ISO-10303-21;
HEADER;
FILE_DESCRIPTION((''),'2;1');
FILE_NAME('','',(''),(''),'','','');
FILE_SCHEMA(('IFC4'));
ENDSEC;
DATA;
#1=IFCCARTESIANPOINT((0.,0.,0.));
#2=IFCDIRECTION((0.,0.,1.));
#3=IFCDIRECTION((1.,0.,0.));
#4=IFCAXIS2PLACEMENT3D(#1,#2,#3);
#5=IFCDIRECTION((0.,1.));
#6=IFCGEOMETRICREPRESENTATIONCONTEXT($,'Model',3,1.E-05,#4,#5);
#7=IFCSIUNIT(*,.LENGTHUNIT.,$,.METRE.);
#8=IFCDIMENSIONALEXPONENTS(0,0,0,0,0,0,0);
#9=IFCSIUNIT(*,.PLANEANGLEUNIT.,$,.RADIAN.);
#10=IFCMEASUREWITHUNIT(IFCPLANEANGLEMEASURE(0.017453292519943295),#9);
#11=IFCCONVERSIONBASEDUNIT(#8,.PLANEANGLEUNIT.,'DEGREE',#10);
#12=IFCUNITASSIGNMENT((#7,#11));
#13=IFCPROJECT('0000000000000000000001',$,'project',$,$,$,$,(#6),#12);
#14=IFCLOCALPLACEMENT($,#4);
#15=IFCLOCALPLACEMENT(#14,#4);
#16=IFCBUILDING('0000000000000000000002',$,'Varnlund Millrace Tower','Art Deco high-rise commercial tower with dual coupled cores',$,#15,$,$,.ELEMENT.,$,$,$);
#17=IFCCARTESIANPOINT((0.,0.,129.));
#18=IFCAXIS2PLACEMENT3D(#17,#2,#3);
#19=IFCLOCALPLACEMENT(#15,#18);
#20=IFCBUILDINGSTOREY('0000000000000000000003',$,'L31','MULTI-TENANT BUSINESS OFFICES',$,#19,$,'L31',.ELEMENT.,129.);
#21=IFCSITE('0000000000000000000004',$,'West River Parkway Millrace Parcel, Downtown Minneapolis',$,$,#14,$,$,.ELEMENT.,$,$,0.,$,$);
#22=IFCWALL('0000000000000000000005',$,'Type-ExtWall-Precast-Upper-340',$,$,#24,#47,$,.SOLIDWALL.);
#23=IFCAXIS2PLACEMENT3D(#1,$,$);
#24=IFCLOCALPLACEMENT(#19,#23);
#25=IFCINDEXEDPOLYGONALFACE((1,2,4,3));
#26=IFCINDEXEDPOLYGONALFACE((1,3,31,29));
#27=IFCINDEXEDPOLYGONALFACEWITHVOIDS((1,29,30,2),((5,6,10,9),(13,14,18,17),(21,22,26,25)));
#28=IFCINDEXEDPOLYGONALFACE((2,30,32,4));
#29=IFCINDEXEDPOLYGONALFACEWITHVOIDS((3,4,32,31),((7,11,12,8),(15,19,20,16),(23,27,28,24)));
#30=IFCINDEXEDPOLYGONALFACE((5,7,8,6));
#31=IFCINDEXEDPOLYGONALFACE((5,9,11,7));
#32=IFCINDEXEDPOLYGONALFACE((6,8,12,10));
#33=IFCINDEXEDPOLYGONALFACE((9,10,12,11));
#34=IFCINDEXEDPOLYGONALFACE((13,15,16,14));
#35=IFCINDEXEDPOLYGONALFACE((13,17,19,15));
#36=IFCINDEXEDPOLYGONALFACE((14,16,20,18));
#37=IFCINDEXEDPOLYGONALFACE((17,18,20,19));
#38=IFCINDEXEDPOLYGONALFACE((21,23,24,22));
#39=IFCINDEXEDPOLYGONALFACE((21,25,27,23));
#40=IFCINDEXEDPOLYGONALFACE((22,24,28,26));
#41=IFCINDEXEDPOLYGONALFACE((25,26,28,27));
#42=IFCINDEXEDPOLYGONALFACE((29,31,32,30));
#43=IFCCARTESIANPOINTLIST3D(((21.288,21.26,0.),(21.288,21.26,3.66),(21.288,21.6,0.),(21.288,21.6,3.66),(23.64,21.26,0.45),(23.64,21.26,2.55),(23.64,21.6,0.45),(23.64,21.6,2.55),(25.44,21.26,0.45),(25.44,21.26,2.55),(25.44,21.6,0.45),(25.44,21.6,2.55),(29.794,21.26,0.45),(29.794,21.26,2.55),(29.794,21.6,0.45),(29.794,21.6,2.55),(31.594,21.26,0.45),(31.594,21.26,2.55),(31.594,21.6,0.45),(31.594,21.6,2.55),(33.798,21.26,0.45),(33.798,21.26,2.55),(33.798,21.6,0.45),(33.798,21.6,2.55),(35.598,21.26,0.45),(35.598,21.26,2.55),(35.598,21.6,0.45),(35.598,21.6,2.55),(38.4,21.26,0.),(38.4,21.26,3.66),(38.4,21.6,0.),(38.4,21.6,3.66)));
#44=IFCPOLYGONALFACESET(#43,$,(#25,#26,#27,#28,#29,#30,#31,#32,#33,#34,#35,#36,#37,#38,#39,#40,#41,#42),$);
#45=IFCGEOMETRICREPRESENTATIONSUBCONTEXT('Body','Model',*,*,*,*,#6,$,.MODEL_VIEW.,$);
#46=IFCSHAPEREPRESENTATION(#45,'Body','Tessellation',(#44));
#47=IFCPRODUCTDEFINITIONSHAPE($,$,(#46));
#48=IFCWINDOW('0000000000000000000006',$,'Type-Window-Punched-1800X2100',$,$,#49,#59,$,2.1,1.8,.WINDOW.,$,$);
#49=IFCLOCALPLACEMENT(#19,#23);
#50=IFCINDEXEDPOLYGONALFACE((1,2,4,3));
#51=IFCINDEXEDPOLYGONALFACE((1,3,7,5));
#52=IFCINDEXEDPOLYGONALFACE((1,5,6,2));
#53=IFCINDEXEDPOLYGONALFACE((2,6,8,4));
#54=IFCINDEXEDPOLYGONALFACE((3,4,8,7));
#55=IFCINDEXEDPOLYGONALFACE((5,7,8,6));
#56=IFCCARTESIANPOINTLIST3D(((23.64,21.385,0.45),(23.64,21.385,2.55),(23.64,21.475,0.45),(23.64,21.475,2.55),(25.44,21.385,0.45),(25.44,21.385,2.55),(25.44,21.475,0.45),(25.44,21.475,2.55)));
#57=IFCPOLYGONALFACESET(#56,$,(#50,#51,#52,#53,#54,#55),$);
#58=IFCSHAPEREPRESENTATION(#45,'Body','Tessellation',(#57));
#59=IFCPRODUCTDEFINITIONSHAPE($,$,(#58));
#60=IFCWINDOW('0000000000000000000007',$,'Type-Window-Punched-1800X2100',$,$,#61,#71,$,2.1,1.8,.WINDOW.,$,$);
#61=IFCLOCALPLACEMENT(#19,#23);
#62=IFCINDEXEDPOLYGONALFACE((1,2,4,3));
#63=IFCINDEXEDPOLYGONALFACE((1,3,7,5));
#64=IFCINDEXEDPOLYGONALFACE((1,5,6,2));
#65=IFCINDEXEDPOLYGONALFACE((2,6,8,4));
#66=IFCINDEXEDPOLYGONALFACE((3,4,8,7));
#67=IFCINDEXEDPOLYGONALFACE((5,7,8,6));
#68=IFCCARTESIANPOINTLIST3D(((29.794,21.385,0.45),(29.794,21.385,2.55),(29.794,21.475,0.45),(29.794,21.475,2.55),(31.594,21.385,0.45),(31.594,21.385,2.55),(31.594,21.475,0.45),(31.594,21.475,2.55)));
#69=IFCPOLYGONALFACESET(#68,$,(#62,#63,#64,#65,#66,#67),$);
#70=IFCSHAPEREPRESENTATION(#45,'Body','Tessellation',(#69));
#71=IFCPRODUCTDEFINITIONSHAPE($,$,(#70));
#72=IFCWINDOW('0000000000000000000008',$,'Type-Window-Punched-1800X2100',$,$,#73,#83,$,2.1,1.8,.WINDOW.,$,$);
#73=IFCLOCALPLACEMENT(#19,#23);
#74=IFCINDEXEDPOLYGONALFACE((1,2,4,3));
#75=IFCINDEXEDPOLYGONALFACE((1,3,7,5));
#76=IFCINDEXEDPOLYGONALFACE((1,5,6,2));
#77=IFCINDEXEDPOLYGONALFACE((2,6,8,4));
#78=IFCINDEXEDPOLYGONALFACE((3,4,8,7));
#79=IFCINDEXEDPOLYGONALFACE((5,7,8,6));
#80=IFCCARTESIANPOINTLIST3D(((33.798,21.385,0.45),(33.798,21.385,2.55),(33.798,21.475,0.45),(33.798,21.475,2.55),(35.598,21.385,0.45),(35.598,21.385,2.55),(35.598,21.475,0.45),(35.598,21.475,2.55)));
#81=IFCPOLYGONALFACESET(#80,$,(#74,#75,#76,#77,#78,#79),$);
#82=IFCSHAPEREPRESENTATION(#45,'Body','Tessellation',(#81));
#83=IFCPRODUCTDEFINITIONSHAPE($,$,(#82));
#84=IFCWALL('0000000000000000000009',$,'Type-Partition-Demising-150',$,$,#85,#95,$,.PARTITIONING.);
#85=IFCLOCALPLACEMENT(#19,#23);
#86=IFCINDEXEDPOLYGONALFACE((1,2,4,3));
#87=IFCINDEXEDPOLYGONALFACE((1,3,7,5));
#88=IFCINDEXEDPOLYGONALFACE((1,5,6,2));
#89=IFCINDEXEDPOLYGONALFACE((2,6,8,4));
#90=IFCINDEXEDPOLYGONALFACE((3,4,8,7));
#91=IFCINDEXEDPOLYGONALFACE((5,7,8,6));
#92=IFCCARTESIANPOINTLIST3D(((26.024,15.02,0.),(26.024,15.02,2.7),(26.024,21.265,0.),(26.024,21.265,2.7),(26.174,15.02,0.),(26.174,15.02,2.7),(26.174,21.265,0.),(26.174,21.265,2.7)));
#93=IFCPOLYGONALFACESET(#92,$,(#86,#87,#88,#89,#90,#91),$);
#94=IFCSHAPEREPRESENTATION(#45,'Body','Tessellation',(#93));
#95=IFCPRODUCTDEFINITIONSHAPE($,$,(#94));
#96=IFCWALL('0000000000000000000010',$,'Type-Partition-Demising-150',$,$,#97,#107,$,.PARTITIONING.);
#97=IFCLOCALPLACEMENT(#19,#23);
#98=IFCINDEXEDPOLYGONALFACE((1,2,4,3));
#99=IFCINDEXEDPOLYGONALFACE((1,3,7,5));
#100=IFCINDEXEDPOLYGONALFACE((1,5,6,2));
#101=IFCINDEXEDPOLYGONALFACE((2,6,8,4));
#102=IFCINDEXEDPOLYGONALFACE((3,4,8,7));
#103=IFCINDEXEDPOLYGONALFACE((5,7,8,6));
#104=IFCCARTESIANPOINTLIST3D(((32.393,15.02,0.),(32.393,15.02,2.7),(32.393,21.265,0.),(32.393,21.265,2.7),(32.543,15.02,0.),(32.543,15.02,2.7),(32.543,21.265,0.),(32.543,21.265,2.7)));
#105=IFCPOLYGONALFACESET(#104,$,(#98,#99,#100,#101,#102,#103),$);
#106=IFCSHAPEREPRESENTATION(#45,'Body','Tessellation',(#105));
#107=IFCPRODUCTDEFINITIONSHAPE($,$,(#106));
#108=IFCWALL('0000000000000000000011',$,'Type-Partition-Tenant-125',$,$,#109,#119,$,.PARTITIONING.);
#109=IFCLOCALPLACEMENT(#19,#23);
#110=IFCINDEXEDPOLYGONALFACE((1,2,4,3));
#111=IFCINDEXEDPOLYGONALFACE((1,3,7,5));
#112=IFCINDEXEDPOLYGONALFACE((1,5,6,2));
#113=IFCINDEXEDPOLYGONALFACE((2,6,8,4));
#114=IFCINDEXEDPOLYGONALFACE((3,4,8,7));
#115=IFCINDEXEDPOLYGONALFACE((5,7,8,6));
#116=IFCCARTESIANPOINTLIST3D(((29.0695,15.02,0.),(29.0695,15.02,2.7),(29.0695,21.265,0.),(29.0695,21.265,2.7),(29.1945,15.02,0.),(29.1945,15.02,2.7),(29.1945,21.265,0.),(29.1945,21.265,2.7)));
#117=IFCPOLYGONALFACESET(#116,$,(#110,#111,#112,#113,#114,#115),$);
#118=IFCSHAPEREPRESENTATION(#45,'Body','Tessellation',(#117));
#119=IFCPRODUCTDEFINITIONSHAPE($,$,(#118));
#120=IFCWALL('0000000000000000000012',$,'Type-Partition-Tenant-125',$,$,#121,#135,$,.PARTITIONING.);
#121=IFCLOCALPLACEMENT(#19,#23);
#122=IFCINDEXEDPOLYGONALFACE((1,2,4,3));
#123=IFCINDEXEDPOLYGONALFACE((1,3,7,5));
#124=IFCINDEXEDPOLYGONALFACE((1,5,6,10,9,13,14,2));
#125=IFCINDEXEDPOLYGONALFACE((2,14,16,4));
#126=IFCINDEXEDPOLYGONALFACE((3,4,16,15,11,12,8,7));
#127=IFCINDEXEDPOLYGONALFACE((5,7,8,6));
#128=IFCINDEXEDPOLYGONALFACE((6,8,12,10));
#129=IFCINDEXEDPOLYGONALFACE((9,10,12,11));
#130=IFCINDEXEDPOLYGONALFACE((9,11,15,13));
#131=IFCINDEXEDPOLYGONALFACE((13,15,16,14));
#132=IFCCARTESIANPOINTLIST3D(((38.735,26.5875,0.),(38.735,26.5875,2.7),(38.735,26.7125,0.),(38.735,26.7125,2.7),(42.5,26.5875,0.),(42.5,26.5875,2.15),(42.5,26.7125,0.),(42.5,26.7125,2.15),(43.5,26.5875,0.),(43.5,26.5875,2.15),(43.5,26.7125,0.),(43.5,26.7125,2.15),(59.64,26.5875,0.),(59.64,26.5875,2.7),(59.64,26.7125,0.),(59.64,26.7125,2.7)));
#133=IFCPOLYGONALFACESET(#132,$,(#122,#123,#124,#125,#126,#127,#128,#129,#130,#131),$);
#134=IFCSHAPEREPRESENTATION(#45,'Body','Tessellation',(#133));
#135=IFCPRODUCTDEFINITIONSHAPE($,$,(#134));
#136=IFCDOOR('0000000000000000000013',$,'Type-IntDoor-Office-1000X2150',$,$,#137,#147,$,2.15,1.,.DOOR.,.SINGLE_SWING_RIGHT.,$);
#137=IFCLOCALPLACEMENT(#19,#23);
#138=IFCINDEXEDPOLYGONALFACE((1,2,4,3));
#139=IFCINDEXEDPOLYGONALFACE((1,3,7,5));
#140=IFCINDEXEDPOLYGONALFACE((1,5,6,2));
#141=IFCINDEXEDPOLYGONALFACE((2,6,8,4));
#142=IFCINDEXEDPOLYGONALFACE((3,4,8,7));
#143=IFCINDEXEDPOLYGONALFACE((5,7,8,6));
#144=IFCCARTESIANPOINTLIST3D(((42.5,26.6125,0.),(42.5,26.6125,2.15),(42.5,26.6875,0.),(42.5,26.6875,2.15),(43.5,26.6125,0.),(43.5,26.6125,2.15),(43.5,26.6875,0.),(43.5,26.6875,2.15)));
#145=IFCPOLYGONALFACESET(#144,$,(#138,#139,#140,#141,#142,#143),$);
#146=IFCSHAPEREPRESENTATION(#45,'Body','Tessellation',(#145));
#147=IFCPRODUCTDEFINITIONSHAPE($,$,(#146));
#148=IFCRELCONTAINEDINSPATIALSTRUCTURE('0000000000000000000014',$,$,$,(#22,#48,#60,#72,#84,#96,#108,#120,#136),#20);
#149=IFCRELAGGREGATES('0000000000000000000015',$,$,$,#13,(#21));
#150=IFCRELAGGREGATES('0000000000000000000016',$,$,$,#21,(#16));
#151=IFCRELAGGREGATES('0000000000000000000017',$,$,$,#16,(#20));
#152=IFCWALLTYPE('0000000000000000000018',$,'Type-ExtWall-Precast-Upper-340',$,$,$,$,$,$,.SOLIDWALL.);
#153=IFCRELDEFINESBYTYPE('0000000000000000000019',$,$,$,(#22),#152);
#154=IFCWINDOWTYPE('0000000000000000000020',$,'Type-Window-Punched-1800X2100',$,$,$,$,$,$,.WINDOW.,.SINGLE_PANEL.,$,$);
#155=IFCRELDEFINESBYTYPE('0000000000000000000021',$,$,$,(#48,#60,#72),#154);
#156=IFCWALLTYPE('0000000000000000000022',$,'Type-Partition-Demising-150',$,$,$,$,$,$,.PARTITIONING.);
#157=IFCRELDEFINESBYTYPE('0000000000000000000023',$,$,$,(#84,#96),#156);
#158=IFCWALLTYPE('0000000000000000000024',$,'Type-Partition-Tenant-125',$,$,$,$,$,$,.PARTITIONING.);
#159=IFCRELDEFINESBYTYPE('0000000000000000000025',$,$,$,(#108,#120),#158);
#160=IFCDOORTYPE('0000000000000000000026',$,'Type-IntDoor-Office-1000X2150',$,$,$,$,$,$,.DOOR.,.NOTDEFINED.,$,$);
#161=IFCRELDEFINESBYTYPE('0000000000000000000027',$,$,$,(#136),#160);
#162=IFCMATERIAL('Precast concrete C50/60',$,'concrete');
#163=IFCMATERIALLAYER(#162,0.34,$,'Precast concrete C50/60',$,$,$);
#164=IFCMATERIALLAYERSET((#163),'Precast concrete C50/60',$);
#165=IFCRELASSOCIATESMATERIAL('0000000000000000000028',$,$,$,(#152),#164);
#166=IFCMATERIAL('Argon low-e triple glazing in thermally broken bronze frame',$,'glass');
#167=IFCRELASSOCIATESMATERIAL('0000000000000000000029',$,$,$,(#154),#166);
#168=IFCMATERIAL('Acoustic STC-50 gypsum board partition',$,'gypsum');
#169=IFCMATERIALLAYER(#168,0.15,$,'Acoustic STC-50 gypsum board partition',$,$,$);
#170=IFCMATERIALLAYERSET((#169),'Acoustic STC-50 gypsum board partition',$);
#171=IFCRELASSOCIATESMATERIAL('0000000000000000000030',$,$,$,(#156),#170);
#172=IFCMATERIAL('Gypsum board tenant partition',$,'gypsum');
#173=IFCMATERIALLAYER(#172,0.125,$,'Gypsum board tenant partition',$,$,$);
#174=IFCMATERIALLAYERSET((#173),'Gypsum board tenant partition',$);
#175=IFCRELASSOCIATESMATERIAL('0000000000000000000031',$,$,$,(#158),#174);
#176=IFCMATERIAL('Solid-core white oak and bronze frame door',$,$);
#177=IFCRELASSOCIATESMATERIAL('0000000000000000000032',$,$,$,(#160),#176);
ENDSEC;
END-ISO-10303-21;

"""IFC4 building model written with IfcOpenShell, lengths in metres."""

from ifc_helpers import new_model, entity, si_unit, converted_unit, direction, frame, origin_with_axes, origin_2d_with_axis, place, context, subcontext, project, spatial, polyline, rectangle, outline, extrude, material, layer, layer_set, type_object, element, fill, save


model = new_model("IFC4")

# Units and contexts
model_context = context("Model", 3, precision=1e-05, world=origin_with_axes(), true_north=direction((0.0, 1.0)))
body_context = subcontext(model_context, "Body", "Model", "MODEL_VIEW")
ifc_project = project(units=[si_unit("LENGTHUNIT", "METRE"), converted_unit("PLANEANGLEUNIT", "DEGREE", entity("IfcPlaneAngleMeasure", 0.017453292519943295), si_unit("PLANEANGLEUNIT", "RADIAN"), dimensions=[0, 0, 0, 0, 0, 0, 0])], contexts=[model_context])

# Site, building, storey
site_placement = place(None, origin_with_axes())
site = spatial("IfcSite", under=ifc_project, at=site_placement, Name="West River Parkway Millrace Parcel, Downtown Minneapolis", CompositionType="ELEMENT", RefElevation=0.0)
building_placement = place(site_placement, origin_with_axes())
building = spatial("IfcBuilding", under=site, at=building_placement, Name="Varnlund Millrace Tower", Description="Art Deco high-rise commercial tower with dual coupled cores", CompositionType="ELEMENT")
storey_placement = place(building_placement, frame((0.0, 0.0, 129.0), z_axis=(0.0, 0.0, 1.0), x_axis=(1.0, 0.0, 0.0)))
storey = spatial("IfcBuildingStorey", under=building, at=storey_placement, Name="L31", Description="MULTI-TENANT BUSINESS OFFICES", LongName="L31", CompositionType="ELEMENT", Elevation=129.0)

# Shared definitions
ifc_material_1 = material(Name="Precast concrete C50/60", Category="concrete")
ifc_layer_1 = layer(ifc_material_1, 0.34, Name="Precast concrete C50/60")
ifc_layer_set_1 = layer_set([ifc_layer_1], Name="Precast concrete C50/60")
wall_type_1 = type_object("IfcWallType", Name="Type-ExtWall-Precast-Upper-340", PredefinedType="SOLIDWALL", material=ifc_layer_set_1)

# Shared definitions
ifc_material_2 = material(Name="Argon low-e triple glazing in thermally broken bronze frame", Category="glass")
window_type_1 = type_object("IfcWindowType", Name="Type-Window-Punched-1800X2100", PartitioningType="SINGLE_PANEL", PredefinedType="WINDOW", material=ifc_material_2)

# Wall, openings, windows
wall_1_placement = place(storey_placement, frame((21.288, 21.43, 0.0), z_axis=(0.0, 0.0, 1.0), x_axis=(1.0, 0.0, 0.0)))
wall_1 = element("IfcWall", 1, at=wall_1_placement, inside=storey, type_object=wall_type_1, Name="Type-ExtWall-Precast-Upper-340", PredefinedType="SOLIDWALL", context=body_context, shape_type="SweptSolid", body=[
    extrude(outline(polyline([(0.0, -0.17), (17.112, -0.17), (17.112, 0.17), (0.0, 0.17), (0.0, -0.17)])), origin_with_axes(), (0.0, 0.0, 1.0), 3.66),
])
opening_1_placement = place(wall_1_placement, frame((3.252, 0.0, 0.45), z_axis=(0.0, 0.0, 1.0), x_axis=(1.0, 0.0, 0.0)))
opening_1 = element("IfcOpeningElement", 2, at=opening_1_placement, cuts=wall_1, PredefinedType="OPENING", context=body_context, shape_type="SweptSolid", body=[
    extrude(rectangle(XDim=1.8, YDim=0.36, at=origin_2d_with_axis()), origin_with_axes(), (0.0, 0.0, 1.0), 2.1),
])
opening_2_placement = place(wall_1_placement, frame((9.406, 0.0, 0.45), z_axis=(0.0, 0.0, 1.0), x_axis=(1.0, 0.0, 0.0)))
opening_2 = element("IfcOpeningElement", 3, at=opening_2_placement, cuts=wall_1, PredefinedType="OPENING", context=body_context, shape_type="SweptSolid", body=[
    extrude(rectangle(XDim=1.8, YDim=0.36, at=origin_2d_with_axis()), origin_with_axes(), (0.0, 0.0, 1.0), 2.1),
])
opening_3_placement = place(wall_1_placement, frame((13.41, 0.0, 0.45), z_axis=(0.0, 0.0, 1.0), x_axis=(1.0, 0.0, 0.0)))
opening_3 = element("IfcOpeningElement", 4, at=opening_3_placement, cuts=wall_1, PredefinedType="OPENING", context=body_context, shape_type="SweptSolid", body=[
    extrude(rectangle(XDim=1.8, YDim=0.36, at=origin_2d_with_axis()), origin_with_axes(), (0.0, 0.0, 1.0), 2.1),
])
window_1_placement = place(wall_1_placement, frame((3.252, 0.0, 0.45), z_axis=(0.0, 0.0, 1.0), x_axis=(1.0, 0.0, 0.0)))
window_1 = element("IfcWindow", 5, at=window_1_placement, inside=storey, type_object=window_type_1, Name="Type-Window-Punched-1800X2100", OverallHeight=2.1, OverallWidth=1.8, PredefinedType="WINDOW", context=body_context, shape_type="SweptSolid", body=[
    extrude(rectangle(XDim=1.8, YDim=0.09, at=origin_2d_with_axis()), origin_with_axes(), (0.0, 0.0, 1.0), 2.1),
])
fill(opening_1, window_1)
window_2_placement = place(wall_1_placement, frame((9.406, 0.0, 0.45), z_axis=(0.0, 0.0, 1.0), x_axis=(1.0, 0.0, 0.0)))
window_2 = element("IfcWindow", 6, at=window_2_placement, inside=storey, type_object=window_type_1, Name="Type-Window-Punched-1800X2100", OverallHeight=2.1, OverallWidth=1.8, PredefinedType="WINDOW", context=body_context, shape_type="SweptSolid", body=[
    extrude(rectangle(XDim=1.8, YDim=0.09, at=origin_2d_with_axis()), origin_with_axes(), (0.0, 0.0, 1.0), 2.1),
])
fill(opening_2, window_2)
window_3_placement = place(wall_1_placement, frame((13.41, 0.0, 0.45), z_axis=(0.0, 0.0, 1.0), x_axis=(1.0, 0.0, 0.0)))
window_3 = element("IfcWindow", 7, at=window_3_placement, inside=storey, type_object=window_type_1, Name="Type-Window-Punched-1800X2100", OverallHeight=2.1, OverallWidth=1.8, PredefinedType="WINDOW", context=body_context, shape_type="SweptSolid", body=[
    extrude(rectangle(XDim=1.8, YDim=0.09, at=origin_2d_with_axis()), origin_with_axes(), (0.0, 0.0, 1.0), 2.1),
])
fill(opening_3, window_3)

# Walls
ifc_material_3 = material(Name="Acoustic STC-50 gypsum board partition", Category="gypsum")
ifc_layer_2 = layer(ifc_material_3, 0.15, Name="Acoustic STC-50 gypsum board partition")
ifc_layer_set_2 = layer_set([ifc_layer_2], Name="Acoustic STC-50 gypsum board partition")
wall_type_2 = type_object("IfcWallType", Name="Type-Partition-Demising-150", PredefinedType="PARTITIONING", material=ifc_layer_set_2)
for number, where, z_axis, x_axis, name in (
    (8, (26.099, 15.02, 0.0), (0.0, 0.0, 1.0), (0.0, 1.0, 0.0), "Type-Partition-Demising-150"),
    (9, (32.468, 15.02, 0.0), (0.0, 0.0, 1.0), (0.0, 1.0, 0.0), "Type-Partition-Demising-150"),
):
    element("IfcWall", number, at=place(storey_placement, frame(where, z_axis=z_axis, x_axis=x_axis)), inside=storey, type_object=wall_type_2, Name=name, PredefinedType="PARTITIONING", context=body_context, shape_type="SweptSolid", body=[
        extrude(outline(polyline([(0.0, -0.075), (6.245, -0.075), (6.245, 0.075), (0.0, 0.075), (0.0, -0.075)])), origin_with_axes(), (0.0, 0.0, 1.0), 2.7),
    ])
ifc_material_4 = material(Name="Gypsum board tenant partition", Category="gypsum")
ifc_layer_3 = layer(ifc_material_4, 0.125, Name="Gypsum board tenant partition")
ifc_layer_set_3 = layer_set([ifc_layer_3], Name="Gypsum board tenant partition")
wall_type_3 = type_object("IfcWallType", Name="Type-Partition-Tenant-125", PredefinedType="PARTITIONING", material=ifc_layer_set_3)
wall_2_placement = place(storey_placement, frame((29.132, 15.02, 0.0), z_axis=(0.0, 0.0, 1.0), x_axis=(0.0, 1.0, 0.0)))
element("IfcWall", 10, at=wall_2_placement, inside=storey, type_object=wall_type_3, Name="Type-Partition-Tenant-125", PredefinedType="PARTITIONING", context=body_context, shape_type="SweptSolid", body=[
    extrude(outline(polyline([(0.0, -0.0625), (6.245, -0.0625), (6.245, 0.0625), (0.0, 0.0625), (0.0, -0.0625)])), origin_with_axes(), (0.0, 0.0, 1.0), 2.7),
])

# Wall, opening, door
wall_3_placement = place(storey_placement, frame((38.735, 26.65, 0.0), z_axis=(0.0, 0.0, 1.0), x_axis=(1.0, 0.0, 0.0)))
wall_3 = element("IfcWall", 11, at=wall_3_placement, inside=storey, type_object=wall_type_3, Name="Type-Partition-Tenant-125", PredefinedType="PARTITIONING", context=body_context, shape_type="SweptSolid", body=[
    extrude(outline(polyline([(0.0, -0.0625), (20.905, -0.0625), (20.905, 0.0625), (0.0, 0.0625), (0.0, -0.0625)])), origin_with_axes(), (0.0, 0.0, 1.0), 2.7),
])
opening_4_placement = place(wall_3_placement, frame((4.265, 0.0, 0.0), z_axis=(0.0, 0.0, 1.0), x_axis=(1.0, 0.0, 0.0)))
opening_4 = element("IfcOpeningElement", 12, at=opening_4_placement, cuts=wall_3, PredefinedType="OPENING", context=body_context, shape_type="SweptSolid", body=[
    extrude(rectangle(XDim=1.0, YDim=0.145, at=origin_2d_with_axis()), origin_with_axes(), (0.0, 0.0, 1.0), 2.15),
])
ifc_material_5 = material(Name="Solid-core white oak and bronze frame door")
door_type = type_object("IfcDoorType", Name="Type-IntDoor-Office-1000X2150", OperationType="NOTDEFINED", PredefinedType="DOOR", material=ifc_material_5)
door_placement = place(wall_3_placement, frame((4.265, 0.0, 0.0), z_axis=(0.0, 0.0, 1.0), x_axis=(1.0, 0.0, 0.0)))
door = element("IfcDoor", 13, at=door_placement, inside=storey, type_object=door_type, Name="Type-IntDoor-Office-1000X2150", OperationType="SINGLE_SWING_RIGHT", OverallHeight=2.15, OverallWidth=1.0, PredefinedType="DOOR", context=body_context, shape_type="SweptSolid", body=[
    extrude(rectangle(XDim=1.0, YDim=0.075, at=origin_2d_with_axis()), origin_with_axes(), (0.0, 0.0, 1.0), 2.15),
])
fill(opening_4, door)

save(model, "model.ifc")
